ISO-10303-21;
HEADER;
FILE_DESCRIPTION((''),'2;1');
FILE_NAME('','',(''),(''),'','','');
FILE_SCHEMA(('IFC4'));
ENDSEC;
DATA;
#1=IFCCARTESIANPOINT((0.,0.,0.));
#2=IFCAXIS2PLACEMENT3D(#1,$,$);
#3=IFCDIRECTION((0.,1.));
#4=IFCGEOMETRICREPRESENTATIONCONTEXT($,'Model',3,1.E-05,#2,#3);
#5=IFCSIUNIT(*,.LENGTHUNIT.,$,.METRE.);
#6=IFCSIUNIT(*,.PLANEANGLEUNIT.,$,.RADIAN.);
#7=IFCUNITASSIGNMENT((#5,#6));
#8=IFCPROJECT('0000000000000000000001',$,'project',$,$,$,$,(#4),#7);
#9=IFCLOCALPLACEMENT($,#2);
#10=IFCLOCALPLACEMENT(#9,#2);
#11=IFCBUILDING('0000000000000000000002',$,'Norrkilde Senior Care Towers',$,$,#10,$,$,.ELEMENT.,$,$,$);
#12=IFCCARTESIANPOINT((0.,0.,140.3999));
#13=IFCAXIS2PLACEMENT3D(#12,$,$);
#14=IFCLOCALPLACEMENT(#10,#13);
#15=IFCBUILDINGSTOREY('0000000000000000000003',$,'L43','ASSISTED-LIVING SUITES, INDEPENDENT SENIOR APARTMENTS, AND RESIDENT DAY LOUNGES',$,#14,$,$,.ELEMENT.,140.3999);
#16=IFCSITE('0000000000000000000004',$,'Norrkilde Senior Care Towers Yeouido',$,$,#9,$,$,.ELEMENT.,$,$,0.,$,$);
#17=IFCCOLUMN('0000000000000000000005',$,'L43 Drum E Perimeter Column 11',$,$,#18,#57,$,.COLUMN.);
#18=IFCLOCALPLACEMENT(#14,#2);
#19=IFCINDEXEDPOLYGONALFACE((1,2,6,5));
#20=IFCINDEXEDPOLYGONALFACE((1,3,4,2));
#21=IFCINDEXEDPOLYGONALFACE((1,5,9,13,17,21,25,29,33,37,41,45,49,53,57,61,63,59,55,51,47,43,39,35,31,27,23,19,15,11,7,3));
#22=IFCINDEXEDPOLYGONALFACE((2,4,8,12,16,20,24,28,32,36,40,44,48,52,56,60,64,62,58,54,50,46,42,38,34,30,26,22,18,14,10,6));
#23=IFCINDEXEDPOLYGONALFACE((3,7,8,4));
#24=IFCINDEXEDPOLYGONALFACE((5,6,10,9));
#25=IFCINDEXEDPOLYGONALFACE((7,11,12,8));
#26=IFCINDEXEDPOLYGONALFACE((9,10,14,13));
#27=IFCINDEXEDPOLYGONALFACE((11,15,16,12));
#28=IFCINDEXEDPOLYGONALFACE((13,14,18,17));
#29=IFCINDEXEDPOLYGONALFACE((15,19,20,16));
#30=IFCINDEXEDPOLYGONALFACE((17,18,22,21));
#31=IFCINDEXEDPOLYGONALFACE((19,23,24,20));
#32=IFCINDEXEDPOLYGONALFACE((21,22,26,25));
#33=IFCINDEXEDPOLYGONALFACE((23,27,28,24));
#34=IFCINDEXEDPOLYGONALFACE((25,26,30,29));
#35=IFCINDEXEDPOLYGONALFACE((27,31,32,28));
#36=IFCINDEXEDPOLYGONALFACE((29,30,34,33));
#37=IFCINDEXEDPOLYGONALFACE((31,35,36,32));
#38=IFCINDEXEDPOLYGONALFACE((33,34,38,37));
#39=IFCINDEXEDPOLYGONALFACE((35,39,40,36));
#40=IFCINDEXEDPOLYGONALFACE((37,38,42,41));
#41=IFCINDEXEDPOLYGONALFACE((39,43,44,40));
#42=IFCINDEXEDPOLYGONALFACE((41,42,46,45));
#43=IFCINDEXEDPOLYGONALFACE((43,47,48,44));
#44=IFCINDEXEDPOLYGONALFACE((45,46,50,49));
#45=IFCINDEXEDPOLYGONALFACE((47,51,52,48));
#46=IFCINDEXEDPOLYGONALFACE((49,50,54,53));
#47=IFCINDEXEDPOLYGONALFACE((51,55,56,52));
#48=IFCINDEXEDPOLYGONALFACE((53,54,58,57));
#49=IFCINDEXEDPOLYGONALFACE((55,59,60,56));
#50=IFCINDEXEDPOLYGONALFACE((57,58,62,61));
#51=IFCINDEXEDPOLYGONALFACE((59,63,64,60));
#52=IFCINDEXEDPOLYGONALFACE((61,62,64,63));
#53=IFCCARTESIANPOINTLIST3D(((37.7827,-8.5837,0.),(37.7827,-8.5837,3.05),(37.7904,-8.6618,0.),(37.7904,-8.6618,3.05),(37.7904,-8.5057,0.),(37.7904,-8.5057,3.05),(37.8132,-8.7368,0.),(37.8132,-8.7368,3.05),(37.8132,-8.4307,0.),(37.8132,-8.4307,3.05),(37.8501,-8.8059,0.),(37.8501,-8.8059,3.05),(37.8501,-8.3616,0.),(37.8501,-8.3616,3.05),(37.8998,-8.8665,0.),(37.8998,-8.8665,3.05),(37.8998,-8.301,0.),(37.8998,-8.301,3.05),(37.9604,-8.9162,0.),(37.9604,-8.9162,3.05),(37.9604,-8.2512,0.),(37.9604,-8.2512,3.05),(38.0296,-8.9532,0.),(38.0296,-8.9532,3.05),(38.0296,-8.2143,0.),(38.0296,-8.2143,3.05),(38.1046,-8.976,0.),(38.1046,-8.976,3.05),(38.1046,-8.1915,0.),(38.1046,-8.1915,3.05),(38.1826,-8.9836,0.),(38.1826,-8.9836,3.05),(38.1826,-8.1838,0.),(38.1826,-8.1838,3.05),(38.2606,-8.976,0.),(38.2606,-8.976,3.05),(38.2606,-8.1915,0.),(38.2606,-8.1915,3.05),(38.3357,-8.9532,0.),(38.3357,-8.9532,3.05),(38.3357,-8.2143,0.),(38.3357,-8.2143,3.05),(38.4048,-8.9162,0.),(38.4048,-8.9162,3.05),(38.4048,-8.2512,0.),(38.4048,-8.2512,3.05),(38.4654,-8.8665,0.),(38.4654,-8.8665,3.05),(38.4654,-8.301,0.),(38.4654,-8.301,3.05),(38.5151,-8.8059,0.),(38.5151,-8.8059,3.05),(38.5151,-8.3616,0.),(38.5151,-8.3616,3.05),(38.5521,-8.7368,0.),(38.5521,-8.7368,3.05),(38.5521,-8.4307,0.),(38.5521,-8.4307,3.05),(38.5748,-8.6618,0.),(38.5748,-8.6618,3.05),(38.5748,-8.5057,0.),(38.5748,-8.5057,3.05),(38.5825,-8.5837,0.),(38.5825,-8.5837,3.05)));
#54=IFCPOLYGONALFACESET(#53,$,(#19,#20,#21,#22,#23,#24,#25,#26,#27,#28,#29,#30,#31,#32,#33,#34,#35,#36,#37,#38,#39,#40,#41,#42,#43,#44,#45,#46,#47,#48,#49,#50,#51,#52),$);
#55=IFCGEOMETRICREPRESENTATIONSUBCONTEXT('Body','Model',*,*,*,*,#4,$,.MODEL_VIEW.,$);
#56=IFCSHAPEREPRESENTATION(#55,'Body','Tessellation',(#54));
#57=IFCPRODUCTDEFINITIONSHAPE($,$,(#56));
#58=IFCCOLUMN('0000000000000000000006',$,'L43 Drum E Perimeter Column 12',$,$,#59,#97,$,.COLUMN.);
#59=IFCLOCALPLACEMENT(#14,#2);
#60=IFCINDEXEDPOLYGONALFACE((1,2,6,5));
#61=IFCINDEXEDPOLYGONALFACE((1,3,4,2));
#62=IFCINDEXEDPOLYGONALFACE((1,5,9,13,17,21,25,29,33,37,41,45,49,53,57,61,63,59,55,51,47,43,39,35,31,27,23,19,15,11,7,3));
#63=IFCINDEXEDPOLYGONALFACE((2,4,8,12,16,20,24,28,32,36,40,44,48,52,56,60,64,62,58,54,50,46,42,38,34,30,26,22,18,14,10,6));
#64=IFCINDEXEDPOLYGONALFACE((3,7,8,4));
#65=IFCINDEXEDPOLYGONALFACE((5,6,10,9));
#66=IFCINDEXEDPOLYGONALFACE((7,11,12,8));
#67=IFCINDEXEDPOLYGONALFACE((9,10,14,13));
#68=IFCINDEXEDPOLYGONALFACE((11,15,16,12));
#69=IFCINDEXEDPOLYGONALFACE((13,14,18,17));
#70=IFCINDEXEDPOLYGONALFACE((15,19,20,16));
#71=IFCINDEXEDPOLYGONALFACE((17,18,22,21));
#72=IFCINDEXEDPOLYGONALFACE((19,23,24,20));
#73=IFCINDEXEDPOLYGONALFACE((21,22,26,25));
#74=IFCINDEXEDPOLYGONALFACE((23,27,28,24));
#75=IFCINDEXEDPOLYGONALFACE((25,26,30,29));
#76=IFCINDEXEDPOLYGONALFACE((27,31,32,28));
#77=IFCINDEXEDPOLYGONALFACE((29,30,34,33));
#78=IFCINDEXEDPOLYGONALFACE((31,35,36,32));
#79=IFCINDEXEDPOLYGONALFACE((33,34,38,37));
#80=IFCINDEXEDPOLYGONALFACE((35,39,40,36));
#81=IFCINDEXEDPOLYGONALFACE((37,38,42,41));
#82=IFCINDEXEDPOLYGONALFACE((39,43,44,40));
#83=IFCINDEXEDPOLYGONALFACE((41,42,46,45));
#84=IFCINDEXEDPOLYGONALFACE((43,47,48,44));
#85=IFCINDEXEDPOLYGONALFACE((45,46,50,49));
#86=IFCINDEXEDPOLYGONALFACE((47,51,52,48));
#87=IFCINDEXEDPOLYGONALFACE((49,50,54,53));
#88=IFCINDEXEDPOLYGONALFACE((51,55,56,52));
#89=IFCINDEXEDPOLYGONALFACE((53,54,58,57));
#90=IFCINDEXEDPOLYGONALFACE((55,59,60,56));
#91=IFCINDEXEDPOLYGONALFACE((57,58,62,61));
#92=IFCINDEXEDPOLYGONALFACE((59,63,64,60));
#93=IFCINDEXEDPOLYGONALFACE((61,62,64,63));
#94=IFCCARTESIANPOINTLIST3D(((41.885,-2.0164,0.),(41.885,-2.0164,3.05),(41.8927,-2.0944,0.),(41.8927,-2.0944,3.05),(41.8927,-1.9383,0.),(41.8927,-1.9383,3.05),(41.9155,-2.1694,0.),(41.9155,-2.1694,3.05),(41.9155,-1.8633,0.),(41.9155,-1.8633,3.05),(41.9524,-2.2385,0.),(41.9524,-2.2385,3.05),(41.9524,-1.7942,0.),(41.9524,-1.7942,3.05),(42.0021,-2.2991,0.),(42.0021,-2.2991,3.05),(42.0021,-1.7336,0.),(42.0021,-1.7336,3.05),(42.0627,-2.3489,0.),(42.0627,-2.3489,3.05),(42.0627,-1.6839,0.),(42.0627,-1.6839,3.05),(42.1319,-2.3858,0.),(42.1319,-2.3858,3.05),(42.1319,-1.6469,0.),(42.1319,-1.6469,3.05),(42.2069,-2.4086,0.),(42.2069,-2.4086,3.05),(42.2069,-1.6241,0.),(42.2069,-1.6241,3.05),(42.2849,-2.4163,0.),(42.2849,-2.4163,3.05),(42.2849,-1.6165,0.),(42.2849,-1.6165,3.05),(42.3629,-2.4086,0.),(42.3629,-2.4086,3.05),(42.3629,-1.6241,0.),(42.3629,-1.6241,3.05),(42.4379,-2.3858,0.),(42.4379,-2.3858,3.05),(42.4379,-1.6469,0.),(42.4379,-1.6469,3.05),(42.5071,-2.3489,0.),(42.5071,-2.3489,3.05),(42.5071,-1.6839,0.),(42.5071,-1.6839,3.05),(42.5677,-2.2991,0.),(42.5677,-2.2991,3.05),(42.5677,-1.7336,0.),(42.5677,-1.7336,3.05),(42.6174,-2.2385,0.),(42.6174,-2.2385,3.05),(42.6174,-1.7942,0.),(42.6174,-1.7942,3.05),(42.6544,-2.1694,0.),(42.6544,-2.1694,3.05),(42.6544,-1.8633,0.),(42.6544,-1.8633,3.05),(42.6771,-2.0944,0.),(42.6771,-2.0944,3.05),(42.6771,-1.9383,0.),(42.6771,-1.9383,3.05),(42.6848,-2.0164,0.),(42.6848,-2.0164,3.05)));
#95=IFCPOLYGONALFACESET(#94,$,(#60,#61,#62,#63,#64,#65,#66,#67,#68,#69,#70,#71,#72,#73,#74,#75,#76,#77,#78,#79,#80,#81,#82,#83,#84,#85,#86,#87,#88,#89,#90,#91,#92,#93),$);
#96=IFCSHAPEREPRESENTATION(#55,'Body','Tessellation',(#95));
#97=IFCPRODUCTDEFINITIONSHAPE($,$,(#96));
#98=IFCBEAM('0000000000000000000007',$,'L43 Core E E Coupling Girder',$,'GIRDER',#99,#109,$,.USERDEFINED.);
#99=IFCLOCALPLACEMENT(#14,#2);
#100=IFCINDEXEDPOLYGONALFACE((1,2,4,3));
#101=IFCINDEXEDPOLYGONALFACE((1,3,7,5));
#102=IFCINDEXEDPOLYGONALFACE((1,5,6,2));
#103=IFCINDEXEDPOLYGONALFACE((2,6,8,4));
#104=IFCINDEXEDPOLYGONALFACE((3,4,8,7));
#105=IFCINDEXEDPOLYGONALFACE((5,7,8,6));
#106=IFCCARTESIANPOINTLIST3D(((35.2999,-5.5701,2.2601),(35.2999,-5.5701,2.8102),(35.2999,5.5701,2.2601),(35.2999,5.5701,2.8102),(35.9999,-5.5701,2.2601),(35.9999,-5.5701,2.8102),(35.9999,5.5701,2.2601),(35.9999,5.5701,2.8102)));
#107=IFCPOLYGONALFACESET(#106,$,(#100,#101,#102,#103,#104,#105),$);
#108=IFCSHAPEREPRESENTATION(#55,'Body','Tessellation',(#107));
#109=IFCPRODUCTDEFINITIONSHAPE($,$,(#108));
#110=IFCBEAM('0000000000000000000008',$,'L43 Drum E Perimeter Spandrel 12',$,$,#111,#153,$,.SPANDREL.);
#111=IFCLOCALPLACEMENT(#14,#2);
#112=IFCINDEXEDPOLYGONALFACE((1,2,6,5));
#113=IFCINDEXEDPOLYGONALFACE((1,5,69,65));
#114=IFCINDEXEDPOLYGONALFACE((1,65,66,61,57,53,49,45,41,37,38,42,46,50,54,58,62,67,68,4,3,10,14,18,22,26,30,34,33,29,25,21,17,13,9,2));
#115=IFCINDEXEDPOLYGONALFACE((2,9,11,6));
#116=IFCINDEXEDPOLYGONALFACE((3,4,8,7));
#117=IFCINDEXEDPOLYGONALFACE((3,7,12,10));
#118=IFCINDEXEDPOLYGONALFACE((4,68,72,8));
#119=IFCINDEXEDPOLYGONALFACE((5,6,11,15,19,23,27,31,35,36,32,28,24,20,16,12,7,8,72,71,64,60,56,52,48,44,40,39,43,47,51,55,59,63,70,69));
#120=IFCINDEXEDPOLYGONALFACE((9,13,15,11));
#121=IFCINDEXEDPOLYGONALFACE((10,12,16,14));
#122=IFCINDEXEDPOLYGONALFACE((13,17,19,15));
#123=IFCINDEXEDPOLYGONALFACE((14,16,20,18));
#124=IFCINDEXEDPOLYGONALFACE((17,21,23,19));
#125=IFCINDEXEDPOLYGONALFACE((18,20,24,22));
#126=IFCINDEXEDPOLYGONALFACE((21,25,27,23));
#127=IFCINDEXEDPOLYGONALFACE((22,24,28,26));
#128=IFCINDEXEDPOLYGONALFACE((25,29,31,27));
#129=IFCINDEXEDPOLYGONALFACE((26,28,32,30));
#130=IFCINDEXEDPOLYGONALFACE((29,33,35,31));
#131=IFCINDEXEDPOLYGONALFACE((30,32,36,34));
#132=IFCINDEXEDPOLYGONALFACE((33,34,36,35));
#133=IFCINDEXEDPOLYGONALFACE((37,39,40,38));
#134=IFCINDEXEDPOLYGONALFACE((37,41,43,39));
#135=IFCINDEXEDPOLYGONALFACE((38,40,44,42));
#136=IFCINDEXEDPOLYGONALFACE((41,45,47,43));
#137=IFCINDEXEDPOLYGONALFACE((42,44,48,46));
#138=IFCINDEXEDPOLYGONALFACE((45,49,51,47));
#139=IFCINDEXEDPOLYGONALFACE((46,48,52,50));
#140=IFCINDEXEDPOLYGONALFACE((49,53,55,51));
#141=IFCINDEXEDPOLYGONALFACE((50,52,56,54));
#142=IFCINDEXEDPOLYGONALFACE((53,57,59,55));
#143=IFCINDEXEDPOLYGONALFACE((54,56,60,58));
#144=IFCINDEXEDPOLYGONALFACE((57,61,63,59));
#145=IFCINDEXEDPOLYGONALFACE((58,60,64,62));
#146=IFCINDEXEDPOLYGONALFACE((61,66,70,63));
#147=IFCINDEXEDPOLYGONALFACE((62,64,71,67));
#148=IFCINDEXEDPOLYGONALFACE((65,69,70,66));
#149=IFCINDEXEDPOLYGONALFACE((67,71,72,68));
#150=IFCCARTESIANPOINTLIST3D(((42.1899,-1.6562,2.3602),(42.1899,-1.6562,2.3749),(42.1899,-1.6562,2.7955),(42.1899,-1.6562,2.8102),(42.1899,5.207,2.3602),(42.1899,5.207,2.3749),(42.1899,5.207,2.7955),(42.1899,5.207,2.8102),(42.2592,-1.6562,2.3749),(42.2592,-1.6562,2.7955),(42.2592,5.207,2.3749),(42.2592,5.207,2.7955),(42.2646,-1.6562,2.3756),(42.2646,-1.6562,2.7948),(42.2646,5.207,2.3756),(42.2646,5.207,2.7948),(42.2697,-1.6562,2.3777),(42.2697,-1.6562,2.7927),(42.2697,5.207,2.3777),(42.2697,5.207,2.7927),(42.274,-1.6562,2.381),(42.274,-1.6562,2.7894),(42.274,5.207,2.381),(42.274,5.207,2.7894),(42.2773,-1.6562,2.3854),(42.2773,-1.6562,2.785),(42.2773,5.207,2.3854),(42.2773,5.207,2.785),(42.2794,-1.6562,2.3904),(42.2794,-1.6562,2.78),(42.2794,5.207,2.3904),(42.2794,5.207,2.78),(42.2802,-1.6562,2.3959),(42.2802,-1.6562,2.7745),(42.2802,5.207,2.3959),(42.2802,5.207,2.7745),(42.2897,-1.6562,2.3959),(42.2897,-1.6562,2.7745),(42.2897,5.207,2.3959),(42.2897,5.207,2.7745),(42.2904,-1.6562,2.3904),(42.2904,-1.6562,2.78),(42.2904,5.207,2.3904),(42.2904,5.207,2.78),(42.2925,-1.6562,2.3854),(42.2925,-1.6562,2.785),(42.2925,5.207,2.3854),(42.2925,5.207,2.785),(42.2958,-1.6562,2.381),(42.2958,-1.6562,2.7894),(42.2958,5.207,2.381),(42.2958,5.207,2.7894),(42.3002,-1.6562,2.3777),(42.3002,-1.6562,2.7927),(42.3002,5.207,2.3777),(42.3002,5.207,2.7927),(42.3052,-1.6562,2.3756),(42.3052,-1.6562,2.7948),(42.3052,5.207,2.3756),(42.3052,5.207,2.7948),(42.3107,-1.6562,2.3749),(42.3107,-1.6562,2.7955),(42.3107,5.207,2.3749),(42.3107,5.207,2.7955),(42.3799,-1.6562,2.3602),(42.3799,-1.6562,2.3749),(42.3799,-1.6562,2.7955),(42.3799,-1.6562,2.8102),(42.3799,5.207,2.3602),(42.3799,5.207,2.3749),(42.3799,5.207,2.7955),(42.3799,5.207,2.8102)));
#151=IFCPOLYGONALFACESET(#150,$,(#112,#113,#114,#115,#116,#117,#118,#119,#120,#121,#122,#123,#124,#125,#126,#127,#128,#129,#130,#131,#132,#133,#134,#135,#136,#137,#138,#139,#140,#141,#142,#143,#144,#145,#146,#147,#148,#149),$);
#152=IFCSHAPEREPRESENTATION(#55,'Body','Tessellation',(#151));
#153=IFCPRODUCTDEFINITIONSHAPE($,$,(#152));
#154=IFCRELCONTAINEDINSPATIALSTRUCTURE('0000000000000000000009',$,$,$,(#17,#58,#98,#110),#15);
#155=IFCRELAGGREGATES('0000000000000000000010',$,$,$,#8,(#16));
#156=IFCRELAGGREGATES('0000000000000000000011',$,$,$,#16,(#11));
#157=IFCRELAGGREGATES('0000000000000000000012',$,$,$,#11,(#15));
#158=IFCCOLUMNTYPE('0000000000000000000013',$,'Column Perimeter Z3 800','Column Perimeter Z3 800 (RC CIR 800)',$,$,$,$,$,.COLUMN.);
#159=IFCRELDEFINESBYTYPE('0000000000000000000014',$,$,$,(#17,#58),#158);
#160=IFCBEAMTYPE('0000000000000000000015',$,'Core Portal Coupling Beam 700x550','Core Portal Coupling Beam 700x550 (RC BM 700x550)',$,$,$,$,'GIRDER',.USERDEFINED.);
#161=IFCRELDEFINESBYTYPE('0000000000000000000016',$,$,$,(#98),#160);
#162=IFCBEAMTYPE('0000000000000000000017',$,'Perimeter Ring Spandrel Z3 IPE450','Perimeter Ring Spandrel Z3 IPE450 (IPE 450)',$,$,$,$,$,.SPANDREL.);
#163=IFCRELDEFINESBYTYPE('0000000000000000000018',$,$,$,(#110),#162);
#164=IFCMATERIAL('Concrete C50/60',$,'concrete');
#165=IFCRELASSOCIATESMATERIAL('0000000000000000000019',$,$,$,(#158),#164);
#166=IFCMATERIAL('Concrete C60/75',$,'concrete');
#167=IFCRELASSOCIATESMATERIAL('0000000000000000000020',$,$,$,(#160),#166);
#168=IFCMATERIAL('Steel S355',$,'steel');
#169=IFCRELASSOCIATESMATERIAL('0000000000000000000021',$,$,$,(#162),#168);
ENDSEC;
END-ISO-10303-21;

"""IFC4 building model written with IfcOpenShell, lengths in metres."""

from ifc_helpers import new_model, si_unit, direction, frame, origin, origin_2d, place, context, subcontext, project, spatial, rectangle, circle, i_section, extrude, source, transform, mapped, material, material_profile, profile_set, type_object, type_shapes, element, save


model = new_model("IFC4")

# Units and contexts
model_context = context("Model", 3, precision=1e-05, world=origin(), true_north=direction((0.0, 1.0)))
body_context = subcontext(model_context, "Body", "Model", "MODEL_VIEW")
ifc_project = project(units=[si_unit("LENGTHUNIT", "METRE"), si_unit("PLANEANGLEUNIT", "RADIAN")], contexts=[model_context])

# Site, building, storey
site_placement = place(None, origin())
site = spatial("IfcSite", under=ifc_project, at=site_placement, Name="Norrkilde Senior Care Towers Yeouido", CompositionType="ELEMENT", RefElevation=0.0)
building_placement = place(site_placement, origin())
building = spatial("IfcBuilding", under=site, at=building_placement, Name="Norrkilde Senior Care Towers", CompositionType="ELEMENT")
storey_placement = place(building_placement, frame((0.0, 0.0, 140.3999)))
storey = spatial("IfcBuildingStorey", under=building, at=storey_placement, Name="L43", Description="ASSISTED-LIVING SUITES, INDEPENDENT SENIOR APARTMENTS, AND RESIDENT DAY LOUNGES", CompositionType="ELEMENT", Elevation=140.3999)

# Columns
ifc_material_1 = material(Name="Concrete C50/60", Category="concrete")
ifc_material_profile_1 = material_profile(ifc_material_1, circle(Radius=0.3999, at=origin_2d()), Name="RC CIR 800")
ifc_profile_set_1 = profile_set([ifc_material_profile_1], Name="Concrete C50/60")
column_type = type_object("IfcColumnType", Name="Column Perimeter Z3 800", Description="Column Perimeter Z3 800 (RC CIR 800)", PredefinedType="COLUMN", material=ifc_profile_set_1)
shared_shape_1 = source(origin(), body_context, "Body", "SweptSolid", [
    extrude(circle(Radius=0.3999, at=origin_2d()), origin(), (0.0, 0.0, 1.0), 3.05),
])
type_shapes(column_type, [shared_shape_1])
for number, where, z_axis, x_axis, name in (
    (1, (38.1826, -8.5837, 0.0), (0.0, 0.0, 1.0), (1.0, 0.0, 0.0), "L43 Drum E Perimeter Column 11"),
    (2, (42.2849, -2.0164, 0.0), (0.0, 0.0, 1.0), (1.0, 0.0, 0.0), "L43 Drum E Perimeter Column 12"),
):
    element("IfcColumn", number, at=place(storey_placement, frame(where, z_axis=z_axis, x_axis=x_axis)), inside=storey, type_object=column_type, Name=name, PredefinedType="COLUMN", context=body_context, shape_type="MappedRepresentation", body=[
        mapped(shared_shape_1, transform((0.0, 0.0, 0.0), x_axis=(1.0, 0.0, 0.0), y_axis=(0.0, 1.0, 0.0), z_axis=(0.0, 0.0, 1.0), scale=1.0)),
    ])

# Beams
ifc_material_2 = material(Name="Concrete C60/75", Category="concrete")
ifc_material_profile_2 = material_profile(ifc_material_2, rectangle(XDim=0.7, YDim=0.55, at=origin_2d()), Name="RC BM 700x550")
ifc_profile_set_2 = profile_set([ifc_material_profile_2], Name="Concrete C60/75")
beam_type_1 = type_object("IfcBeamType", Name="Core Portal Coupling Beam 700x550", Description="Core Portal Coupling Beam 700x550 (RC BM 700x550)", ElementType="GIRDER", PredefinedType="USERDEFINED", material=ifc_profile_set_2)
shared_shape_2 = source(origin(), body_context, "Body", "SweptSolid", [
    extrude(rectangle(XDim=0.7, YDim=0.55, at=origin_2d()), origin(), (0.0, 0.0, 1.0), 11.1401),
])
type_shapes(beam_type_1, [shared_shape_2])
beam_1_placement = place(storey_placement, frame((35.6499, -5.5701, 2.5352), z_axis=(0.0, 1.0, 0.0), x_axis=(-1.0, 0.0, 0.0)))
element("IfcBeam", 3, at=beam_1_placement, inside=storey, type_object=beam_type_1, Name="L43 Core E E Coupling Girder", ObjectType="GIRDER", PredefinedType="USERDEFINED", context=body_context, shape_type="MappedRepresentation", body=[
    mapped(shared_shape_2, transform((0.0, 0.0, 0.0), x_axis=(1.0, 0.0, 0.0), y_axis=(0.0, 1.0, 0.0), z_axis=(0.0, 0.0, 1.0), scale=1.0)),
])
ifc_material_3 = material(Name="Steel S355", Category="steel")
ifc_material_profile_3 = material_profile(ifc_material_3, i_section(OverallWidth=0.1899, OverallDepth=0.45, WebThickness=0.0095, FlangeThickness=0.0146, FilletRadius=0.021, at=origin_2d()), Name="IPE 450")
ifc_profile_set_3 = profile_set([ifc_material_profile_3], Name="Steel S355")
beam_type_2 = type_object("IfcBeamType", Name="Perimeter Ring Spandrel Z3 IPE450", Description="Perimeter Ring Spandrel Z3 IPE450 (IPE 450)", PredefinedType="SPANDREL", material=ifc_profile_set_3)
shared_shape_3 = source(origin(), body_context, "Body", "SweptSolid", [
    extrude(i_section(OverallWidth=0.1899, OverallDepth=0.45, WebThickness=0.0095, FlangeThickness=0.0146, FilletRadius=0.021, at=origin_2d()), origin(), (0.0, 0.0, 1.0), 6.8633),
])
beam_2_placement = place(storey_placement, frame((42.2849, -1.6562, 2.5852), z_axis=(0.0, 1.0, 0.0), x_axis=(-1.0, 0.0, 0.0)))
element("IfcBeam", 4, at=beam_2_placement, inside=storey, type_object=beam_type_2, Name="L43 Drum E Perimeter Spandrel 12", PredefinedType="SPANDREL", context=body_context, shape_type="MappedRepresentation", body=[
    mapped(shared_shape_3, transform((0.0, 0.0, 0.0), x_axis=(1.0, 0.0, 0.0), y_axis=(0.0, 1.0, 0.0), z_axis=(0.0, 0.0, 1.0), scale=1.0)),
])

save(model, "model.ifc")
